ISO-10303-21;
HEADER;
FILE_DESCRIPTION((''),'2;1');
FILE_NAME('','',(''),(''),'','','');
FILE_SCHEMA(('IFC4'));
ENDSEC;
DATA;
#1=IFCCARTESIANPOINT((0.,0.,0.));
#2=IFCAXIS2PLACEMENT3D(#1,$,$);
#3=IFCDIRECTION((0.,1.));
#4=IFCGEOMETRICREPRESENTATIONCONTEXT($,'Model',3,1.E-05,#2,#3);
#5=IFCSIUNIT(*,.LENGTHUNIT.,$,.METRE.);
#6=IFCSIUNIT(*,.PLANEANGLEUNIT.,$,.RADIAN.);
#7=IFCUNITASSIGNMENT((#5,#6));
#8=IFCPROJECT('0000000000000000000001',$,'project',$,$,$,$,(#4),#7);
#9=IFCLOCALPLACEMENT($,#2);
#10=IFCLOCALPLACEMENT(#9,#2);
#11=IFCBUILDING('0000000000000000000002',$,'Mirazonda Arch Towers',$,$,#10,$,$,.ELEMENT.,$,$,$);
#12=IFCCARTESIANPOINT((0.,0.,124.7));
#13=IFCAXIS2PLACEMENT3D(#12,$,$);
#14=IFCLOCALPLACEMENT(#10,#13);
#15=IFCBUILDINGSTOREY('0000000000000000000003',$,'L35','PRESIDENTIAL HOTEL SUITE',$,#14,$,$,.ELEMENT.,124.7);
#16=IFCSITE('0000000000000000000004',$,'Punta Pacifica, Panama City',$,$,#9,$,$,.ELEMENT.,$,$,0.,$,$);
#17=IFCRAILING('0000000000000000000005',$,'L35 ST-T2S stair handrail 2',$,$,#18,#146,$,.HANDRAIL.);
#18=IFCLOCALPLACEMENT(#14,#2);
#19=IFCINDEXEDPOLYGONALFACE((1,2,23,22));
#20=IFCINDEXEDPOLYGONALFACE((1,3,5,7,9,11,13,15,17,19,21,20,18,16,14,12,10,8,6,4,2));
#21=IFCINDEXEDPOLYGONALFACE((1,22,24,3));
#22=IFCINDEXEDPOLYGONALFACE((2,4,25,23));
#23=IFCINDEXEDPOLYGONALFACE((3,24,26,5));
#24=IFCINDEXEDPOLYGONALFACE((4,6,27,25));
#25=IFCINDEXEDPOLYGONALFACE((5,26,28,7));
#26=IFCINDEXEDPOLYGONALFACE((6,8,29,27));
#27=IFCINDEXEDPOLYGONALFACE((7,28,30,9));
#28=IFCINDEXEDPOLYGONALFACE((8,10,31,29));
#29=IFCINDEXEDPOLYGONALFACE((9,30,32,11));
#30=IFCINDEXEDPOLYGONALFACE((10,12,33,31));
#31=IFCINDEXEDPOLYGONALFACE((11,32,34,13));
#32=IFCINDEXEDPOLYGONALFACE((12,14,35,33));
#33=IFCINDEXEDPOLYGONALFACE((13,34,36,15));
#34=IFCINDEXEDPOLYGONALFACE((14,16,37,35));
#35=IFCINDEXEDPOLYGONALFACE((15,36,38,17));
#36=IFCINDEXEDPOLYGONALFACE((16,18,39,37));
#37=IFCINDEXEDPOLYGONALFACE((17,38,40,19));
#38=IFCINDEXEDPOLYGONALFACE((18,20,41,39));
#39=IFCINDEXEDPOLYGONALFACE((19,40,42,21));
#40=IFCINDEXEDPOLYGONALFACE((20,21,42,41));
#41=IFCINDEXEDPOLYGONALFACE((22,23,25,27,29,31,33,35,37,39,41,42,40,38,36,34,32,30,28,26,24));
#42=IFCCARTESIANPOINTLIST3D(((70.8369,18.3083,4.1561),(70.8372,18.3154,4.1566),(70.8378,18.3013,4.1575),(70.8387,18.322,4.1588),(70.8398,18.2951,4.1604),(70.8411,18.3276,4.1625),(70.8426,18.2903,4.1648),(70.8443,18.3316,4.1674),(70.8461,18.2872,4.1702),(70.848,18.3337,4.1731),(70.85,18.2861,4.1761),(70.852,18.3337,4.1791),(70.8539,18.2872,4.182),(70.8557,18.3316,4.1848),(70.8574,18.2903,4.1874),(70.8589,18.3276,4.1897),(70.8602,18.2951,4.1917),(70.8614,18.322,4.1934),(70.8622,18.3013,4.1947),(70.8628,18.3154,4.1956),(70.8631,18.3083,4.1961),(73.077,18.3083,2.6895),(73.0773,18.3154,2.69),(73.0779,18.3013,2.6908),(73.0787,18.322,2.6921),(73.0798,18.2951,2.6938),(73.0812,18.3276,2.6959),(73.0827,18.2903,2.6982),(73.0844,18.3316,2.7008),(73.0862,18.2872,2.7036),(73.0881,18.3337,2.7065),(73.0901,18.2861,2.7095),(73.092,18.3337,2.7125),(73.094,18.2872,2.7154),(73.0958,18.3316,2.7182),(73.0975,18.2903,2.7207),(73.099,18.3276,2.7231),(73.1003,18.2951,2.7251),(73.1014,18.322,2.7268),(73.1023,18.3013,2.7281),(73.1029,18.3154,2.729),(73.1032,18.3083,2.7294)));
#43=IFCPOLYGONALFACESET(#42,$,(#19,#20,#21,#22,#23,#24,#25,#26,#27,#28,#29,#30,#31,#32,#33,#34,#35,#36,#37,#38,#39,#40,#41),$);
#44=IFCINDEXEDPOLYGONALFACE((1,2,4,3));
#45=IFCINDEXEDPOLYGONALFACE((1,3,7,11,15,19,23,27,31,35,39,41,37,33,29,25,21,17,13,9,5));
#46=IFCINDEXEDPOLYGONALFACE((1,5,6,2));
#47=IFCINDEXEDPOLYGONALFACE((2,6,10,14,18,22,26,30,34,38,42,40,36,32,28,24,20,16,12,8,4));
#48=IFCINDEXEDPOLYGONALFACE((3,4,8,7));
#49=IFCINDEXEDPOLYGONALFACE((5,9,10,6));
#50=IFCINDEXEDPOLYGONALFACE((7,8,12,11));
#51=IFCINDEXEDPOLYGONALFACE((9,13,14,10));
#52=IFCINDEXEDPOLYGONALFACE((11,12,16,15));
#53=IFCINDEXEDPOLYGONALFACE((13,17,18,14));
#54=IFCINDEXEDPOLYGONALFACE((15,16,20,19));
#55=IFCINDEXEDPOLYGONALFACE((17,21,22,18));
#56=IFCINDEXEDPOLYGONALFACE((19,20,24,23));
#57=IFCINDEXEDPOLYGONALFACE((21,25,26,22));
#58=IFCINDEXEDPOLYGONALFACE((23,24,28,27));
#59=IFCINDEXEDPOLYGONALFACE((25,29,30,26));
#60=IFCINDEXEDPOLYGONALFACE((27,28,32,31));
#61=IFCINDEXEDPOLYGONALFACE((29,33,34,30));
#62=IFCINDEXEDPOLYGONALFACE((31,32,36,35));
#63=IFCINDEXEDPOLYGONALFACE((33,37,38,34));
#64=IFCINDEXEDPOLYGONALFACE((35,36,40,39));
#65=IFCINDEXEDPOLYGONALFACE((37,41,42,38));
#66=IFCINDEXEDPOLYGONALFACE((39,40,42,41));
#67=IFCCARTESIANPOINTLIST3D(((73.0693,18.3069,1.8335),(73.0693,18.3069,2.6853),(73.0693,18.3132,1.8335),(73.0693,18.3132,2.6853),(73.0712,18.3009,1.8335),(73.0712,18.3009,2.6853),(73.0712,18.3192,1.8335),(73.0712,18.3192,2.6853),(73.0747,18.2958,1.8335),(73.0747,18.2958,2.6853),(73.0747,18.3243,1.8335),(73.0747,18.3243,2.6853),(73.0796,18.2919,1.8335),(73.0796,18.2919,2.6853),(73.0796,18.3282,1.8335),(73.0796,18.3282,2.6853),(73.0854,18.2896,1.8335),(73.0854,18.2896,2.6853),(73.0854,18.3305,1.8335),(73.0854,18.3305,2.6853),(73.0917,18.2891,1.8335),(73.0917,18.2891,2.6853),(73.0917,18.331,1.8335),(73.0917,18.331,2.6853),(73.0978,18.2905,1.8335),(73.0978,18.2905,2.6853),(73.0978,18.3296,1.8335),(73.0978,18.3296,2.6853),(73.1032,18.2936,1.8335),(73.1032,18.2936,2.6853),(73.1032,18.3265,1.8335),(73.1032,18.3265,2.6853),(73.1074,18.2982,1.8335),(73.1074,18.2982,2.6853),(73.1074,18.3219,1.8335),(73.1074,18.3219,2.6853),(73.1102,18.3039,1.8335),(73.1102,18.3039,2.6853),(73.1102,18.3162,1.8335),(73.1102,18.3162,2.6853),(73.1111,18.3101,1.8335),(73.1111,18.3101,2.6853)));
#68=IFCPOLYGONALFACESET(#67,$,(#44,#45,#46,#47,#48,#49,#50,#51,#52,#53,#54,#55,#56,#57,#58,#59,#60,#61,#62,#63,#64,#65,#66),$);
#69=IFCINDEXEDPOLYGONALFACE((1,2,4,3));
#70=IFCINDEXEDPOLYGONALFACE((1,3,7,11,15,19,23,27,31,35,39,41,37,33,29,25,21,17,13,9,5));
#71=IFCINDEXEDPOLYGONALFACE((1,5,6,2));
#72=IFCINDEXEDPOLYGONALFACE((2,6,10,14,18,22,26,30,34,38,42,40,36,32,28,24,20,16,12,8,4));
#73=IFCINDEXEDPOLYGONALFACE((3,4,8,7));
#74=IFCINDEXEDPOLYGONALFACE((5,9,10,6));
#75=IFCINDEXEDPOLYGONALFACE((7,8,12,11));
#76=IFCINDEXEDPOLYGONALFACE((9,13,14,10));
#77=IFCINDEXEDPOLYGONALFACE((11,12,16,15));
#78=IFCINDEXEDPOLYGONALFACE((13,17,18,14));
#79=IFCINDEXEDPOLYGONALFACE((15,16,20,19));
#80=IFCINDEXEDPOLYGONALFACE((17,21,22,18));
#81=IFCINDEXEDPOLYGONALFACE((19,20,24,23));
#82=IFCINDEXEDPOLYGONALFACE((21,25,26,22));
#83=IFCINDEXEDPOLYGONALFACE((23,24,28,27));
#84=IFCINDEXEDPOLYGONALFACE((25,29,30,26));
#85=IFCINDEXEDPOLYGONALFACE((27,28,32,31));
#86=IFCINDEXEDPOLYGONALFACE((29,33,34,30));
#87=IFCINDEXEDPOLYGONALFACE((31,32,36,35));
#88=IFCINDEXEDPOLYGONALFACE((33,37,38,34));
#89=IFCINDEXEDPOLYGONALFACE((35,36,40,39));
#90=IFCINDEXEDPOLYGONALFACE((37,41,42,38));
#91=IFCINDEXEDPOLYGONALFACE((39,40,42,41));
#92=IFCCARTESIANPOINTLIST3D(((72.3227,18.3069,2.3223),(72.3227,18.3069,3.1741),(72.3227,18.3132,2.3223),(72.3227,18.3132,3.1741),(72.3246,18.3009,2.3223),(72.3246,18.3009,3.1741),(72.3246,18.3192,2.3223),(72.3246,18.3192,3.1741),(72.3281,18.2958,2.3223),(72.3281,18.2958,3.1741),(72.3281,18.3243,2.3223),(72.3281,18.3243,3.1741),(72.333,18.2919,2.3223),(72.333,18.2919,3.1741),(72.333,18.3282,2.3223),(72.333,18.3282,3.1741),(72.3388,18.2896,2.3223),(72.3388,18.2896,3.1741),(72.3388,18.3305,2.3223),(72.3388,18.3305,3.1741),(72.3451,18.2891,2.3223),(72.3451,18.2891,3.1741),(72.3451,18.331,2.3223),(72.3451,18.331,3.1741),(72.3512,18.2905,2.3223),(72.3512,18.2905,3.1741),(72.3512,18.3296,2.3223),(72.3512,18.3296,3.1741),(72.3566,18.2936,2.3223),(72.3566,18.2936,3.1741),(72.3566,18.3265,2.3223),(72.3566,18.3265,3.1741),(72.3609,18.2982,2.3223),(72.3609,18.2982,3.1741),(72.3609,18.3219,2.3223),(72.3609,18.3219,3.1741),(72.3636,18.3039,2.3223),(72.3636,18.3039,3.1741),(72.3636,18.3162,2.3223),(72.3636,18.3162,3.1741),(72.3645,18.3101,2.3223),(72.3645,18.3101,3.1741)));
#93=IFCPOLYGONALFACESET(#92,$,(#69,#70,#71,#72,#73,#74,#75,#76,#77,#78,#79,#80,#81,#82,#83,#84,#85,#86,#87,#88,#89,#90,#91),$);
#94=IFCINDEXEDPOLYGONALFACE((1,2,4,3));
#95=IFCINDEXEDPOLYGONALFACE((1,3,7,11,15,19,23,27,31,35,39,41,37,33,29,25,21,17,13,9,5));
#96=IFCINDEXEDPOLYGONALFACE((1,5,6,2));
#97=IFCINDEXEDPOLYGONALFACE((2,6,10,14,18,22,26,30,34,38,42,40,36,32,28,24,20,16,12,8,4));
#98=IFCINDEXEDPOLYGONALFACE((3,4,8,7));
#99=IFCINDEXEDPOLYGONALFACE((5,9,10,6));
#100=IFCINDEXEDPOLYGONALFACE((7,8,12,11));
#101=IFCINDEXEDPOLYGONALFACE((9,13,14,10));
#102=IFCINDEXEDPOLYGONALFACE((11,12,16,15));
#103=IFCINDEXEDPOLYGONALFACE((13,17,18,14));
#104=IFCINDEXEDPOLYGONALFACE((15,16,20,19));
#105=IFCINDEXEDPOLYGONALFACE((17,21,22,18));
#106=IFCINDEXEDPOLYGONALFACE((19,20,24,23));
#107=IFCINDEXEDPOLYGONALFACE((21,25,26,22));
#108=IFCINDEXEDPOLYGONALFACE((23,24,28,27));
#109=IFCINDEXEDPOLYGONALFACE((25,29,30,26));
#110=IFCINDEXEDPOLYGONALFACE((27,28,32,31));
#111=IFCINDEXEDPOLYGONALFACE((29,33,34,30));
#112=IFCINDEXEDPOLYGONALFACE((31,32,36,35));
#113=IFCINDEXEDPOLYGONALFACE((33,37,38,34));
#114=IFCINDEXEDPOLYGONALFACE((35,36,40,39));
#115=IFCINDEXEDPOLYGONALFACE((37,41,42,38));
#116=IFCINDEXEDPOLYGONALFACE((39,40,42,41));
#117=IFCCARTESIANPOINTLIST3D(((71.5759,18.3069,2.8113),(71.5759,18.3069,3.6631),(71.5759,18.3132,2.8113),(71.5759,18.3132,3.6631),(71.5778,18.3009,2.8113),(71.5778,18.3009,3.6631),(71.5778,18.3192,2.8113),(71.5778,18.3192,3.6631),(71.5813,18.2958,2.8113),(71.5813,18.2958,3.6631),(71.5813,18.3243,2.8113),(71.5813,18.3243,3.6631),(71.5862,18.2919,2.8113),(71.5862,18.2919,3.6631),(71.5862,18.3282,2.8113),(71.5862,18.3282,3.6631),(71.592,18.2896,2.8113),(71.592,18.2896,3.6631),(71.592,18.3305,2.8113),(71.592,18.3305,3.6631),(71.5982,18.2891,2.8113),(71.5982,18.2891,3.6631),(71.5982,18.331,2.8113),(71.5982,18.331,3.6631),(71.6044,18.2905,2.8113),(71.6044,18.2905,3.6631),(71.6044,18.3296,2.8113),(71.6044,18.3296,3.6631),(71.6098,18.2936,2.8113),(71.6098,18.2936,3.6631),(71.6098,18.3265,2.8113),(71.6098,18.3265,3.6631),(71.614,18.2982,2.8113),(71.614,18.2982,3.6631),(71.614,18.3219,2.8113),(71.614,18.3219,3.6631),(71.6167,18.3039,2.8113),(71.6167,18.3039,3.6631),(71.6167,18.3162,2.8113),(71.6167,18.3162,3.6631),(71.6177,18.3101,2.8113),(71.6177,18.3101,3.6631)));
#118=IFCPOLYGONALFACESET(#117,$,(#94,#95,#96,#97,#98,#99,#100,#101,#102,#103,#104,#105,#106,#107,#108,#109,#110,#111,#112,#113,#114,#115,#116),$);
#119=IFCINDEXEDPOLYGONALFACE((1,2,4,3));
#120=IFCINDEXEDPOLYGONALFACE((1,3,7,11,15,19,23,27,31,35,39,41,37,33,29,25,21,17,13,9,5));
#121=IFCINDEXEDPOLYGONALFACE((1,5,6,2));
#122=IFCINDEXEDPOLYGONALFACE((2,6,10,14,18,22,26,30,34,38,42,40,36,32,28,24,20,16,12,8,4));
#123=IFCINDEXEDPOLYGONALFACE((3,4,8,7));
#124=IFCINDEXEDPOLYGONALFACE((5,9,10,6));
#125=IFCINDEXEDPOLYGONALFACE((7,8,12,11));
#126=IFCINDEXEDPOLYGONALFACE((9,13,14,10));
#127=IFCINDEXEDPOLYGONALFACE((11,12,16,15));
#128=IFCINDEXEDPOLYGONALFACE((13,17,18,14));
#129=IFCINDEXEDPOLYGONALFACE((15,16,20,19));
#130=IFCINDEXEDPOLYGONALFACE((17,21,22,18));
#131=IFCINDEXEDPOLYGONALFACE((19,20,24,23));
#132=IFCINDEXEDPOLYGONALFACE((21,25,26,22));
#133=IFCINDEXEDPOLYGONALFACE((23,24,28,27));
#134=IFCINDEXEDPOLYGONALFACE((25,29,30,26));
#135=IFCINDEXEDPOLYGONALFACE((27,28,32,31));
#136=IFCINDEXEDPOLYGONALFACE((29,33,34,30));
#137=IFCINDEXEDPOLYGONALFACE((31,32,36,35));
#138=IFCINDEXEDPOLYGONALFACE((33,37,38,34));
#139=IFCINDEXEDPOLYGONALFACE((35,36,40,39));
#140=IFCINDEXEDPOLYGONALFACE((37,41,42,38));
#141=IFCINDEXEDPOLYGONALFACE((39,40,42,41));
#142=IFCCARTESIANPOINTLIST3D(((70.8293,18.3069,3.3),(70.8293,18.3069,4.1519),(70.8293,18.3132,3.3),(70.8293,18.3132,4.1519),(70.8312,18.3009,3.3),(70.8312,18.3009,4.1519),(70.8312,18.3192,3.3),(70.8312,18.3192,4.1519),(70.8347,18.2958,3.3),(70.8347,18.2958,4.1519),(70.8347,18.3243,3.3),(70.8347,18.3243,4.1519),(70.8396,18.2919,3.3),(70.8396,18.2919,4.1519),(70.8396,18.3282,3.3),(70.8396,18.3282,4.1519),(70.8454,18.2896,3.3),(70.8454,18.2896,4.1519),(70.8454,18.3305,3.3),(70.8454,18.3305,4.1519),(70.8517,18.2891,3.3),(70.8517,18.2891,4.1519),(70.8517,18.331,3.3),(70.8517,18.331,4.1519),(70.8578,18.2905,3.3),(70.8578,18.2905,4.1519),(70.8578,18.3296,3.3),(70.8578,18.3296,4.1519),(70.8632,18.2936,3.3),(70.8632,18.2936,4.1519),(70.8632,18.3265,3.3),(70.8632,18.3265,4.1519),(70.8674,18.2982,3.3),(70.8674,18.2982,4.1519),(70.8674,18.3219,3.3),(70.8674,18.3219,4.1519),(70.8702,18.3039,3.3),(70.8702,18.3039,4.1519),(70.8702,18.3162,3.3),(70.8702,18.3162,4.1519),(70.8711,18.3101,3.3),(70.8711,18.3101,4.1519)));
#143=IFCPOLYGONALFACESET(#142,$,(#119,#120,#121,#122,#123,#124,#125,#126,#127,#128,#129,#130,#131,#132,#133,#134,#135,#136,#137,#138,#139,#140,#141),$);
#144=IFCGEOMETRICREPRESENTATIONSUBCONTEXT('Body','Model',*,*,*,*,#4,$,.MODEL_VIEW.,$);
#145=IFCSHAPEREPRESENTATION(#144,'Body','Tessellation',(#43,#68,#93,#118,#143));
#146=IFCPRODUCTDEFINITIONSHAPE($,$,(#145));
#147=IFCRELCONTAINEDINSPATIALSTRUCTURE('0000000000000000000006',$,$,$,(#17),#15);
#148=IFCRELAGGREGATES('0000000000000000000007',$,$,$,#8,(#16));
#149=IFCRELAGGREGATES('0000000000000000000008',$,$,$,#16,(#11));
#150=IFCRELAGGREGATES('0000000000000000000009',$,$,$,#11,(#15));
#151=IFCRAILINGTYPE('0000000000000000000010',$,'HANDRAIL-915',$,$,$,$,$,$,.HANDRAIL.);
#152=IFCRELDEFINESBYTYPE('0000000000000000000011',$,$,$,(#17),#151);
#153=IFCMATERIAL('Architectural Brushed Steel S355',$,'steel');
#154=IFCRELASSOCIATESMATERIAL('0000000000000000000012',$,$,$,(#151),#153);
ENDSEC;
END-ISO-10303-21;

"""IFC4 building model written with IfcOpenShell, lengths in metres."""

from ifc_helpers import new_model, si_unit, direction, frame, origin, origin_2d, place, context, subcontext, project, spatial, circle, extrude, material, type_object, element, save


model = new_model("IFC4")

# Units and contexts
model_context = context("Model", 3, precision=1e-05, world=origin(), true_north=direction((0.0, 1.0)))
body_context = subcontext(model_context, "Body", "Model", "MODEL_VIEW")
ifc_project = project(units=[si_unit("LENGTHUNIT", "METRE"), si_unit("PLANEANGLEUNIT", "RADIAN")], contexts=[model_context])

# Site, building, storey
site_placement = place(None, origin())
site = spatial("IfcSite", under=ifc_project, at=site_placement, Name="Punta Pacifica, Panama City", CompositionType="ELEMENT", RefElevation=0.0)
building_placement = place(site_placement, origin())
building = spatial("IfcBuilding", under=site, at=building_placement, Name="Mirazonda Arch Towers", CompositionType="ELEMENT")
storey_placement = place(building_placement, frame((0.0, 0.0, 124.7)))
storey = spatial("IfcBuildingStorey", under=building, at=storey_placement, Name="L35", Description="PRESIDENTIAL HOTEL SUITE", CompositionType="ELEMENT", Elevation=124.7)

# Railing
ifc_material_1 = material(Name="Architectural Brushed Steel S355", Category="steel")
railing_type_1 = type_object("IfcRailingType", Name="HANDRAIL-915", PredefinedType="HANDRAIL", material=ifc_material_1)
railing_1_placement = place(storey_placement, frame((73.0901, 18.3101, 1.8335)))
element("IfcRailing", 1, at=railing_1_placement, inside=storey, type_object=railing_type_1, Name="L35 ST-T2S stair handrail 2", PredefinedType="HANDRAIL", context=body_context, shape_type="SweptSolid", body=[
    extrude(circle(Radius=0.0239, at=origin_2d()), frame((0.0, 0.0, 0.876), z_axis=(-0.836637, 0.0, 0.547758), x_axis=(0.0, -1.0, 0.0)), (0.0, 0.0, 1.0), 2.6775),
    extrude(circle(Radius=0.021, at=origin_2d()), origin(), (0.0, 0.0, 1.0), 0.8518),
    extrude(circle(Radius=0.021, at=origin_2d()), frame((-0.7466, 0.0, 0.4888)), (0.0, 0.0, 1.0), 0.8518),
    extrude(circle(Radius=0.021, at=origin_2d()), frame((-1.4934, 0.0, 0.9778)), (0.0, 0.0, 1.0), 0.8518),
    extrude(circle(Radius=0.021, at=origin_2d()), frame((-2.24, 0.0, 1.4666)), (0.0, 0.0, 1.0), 0.8518),
])

save(model, "model.ifc")
